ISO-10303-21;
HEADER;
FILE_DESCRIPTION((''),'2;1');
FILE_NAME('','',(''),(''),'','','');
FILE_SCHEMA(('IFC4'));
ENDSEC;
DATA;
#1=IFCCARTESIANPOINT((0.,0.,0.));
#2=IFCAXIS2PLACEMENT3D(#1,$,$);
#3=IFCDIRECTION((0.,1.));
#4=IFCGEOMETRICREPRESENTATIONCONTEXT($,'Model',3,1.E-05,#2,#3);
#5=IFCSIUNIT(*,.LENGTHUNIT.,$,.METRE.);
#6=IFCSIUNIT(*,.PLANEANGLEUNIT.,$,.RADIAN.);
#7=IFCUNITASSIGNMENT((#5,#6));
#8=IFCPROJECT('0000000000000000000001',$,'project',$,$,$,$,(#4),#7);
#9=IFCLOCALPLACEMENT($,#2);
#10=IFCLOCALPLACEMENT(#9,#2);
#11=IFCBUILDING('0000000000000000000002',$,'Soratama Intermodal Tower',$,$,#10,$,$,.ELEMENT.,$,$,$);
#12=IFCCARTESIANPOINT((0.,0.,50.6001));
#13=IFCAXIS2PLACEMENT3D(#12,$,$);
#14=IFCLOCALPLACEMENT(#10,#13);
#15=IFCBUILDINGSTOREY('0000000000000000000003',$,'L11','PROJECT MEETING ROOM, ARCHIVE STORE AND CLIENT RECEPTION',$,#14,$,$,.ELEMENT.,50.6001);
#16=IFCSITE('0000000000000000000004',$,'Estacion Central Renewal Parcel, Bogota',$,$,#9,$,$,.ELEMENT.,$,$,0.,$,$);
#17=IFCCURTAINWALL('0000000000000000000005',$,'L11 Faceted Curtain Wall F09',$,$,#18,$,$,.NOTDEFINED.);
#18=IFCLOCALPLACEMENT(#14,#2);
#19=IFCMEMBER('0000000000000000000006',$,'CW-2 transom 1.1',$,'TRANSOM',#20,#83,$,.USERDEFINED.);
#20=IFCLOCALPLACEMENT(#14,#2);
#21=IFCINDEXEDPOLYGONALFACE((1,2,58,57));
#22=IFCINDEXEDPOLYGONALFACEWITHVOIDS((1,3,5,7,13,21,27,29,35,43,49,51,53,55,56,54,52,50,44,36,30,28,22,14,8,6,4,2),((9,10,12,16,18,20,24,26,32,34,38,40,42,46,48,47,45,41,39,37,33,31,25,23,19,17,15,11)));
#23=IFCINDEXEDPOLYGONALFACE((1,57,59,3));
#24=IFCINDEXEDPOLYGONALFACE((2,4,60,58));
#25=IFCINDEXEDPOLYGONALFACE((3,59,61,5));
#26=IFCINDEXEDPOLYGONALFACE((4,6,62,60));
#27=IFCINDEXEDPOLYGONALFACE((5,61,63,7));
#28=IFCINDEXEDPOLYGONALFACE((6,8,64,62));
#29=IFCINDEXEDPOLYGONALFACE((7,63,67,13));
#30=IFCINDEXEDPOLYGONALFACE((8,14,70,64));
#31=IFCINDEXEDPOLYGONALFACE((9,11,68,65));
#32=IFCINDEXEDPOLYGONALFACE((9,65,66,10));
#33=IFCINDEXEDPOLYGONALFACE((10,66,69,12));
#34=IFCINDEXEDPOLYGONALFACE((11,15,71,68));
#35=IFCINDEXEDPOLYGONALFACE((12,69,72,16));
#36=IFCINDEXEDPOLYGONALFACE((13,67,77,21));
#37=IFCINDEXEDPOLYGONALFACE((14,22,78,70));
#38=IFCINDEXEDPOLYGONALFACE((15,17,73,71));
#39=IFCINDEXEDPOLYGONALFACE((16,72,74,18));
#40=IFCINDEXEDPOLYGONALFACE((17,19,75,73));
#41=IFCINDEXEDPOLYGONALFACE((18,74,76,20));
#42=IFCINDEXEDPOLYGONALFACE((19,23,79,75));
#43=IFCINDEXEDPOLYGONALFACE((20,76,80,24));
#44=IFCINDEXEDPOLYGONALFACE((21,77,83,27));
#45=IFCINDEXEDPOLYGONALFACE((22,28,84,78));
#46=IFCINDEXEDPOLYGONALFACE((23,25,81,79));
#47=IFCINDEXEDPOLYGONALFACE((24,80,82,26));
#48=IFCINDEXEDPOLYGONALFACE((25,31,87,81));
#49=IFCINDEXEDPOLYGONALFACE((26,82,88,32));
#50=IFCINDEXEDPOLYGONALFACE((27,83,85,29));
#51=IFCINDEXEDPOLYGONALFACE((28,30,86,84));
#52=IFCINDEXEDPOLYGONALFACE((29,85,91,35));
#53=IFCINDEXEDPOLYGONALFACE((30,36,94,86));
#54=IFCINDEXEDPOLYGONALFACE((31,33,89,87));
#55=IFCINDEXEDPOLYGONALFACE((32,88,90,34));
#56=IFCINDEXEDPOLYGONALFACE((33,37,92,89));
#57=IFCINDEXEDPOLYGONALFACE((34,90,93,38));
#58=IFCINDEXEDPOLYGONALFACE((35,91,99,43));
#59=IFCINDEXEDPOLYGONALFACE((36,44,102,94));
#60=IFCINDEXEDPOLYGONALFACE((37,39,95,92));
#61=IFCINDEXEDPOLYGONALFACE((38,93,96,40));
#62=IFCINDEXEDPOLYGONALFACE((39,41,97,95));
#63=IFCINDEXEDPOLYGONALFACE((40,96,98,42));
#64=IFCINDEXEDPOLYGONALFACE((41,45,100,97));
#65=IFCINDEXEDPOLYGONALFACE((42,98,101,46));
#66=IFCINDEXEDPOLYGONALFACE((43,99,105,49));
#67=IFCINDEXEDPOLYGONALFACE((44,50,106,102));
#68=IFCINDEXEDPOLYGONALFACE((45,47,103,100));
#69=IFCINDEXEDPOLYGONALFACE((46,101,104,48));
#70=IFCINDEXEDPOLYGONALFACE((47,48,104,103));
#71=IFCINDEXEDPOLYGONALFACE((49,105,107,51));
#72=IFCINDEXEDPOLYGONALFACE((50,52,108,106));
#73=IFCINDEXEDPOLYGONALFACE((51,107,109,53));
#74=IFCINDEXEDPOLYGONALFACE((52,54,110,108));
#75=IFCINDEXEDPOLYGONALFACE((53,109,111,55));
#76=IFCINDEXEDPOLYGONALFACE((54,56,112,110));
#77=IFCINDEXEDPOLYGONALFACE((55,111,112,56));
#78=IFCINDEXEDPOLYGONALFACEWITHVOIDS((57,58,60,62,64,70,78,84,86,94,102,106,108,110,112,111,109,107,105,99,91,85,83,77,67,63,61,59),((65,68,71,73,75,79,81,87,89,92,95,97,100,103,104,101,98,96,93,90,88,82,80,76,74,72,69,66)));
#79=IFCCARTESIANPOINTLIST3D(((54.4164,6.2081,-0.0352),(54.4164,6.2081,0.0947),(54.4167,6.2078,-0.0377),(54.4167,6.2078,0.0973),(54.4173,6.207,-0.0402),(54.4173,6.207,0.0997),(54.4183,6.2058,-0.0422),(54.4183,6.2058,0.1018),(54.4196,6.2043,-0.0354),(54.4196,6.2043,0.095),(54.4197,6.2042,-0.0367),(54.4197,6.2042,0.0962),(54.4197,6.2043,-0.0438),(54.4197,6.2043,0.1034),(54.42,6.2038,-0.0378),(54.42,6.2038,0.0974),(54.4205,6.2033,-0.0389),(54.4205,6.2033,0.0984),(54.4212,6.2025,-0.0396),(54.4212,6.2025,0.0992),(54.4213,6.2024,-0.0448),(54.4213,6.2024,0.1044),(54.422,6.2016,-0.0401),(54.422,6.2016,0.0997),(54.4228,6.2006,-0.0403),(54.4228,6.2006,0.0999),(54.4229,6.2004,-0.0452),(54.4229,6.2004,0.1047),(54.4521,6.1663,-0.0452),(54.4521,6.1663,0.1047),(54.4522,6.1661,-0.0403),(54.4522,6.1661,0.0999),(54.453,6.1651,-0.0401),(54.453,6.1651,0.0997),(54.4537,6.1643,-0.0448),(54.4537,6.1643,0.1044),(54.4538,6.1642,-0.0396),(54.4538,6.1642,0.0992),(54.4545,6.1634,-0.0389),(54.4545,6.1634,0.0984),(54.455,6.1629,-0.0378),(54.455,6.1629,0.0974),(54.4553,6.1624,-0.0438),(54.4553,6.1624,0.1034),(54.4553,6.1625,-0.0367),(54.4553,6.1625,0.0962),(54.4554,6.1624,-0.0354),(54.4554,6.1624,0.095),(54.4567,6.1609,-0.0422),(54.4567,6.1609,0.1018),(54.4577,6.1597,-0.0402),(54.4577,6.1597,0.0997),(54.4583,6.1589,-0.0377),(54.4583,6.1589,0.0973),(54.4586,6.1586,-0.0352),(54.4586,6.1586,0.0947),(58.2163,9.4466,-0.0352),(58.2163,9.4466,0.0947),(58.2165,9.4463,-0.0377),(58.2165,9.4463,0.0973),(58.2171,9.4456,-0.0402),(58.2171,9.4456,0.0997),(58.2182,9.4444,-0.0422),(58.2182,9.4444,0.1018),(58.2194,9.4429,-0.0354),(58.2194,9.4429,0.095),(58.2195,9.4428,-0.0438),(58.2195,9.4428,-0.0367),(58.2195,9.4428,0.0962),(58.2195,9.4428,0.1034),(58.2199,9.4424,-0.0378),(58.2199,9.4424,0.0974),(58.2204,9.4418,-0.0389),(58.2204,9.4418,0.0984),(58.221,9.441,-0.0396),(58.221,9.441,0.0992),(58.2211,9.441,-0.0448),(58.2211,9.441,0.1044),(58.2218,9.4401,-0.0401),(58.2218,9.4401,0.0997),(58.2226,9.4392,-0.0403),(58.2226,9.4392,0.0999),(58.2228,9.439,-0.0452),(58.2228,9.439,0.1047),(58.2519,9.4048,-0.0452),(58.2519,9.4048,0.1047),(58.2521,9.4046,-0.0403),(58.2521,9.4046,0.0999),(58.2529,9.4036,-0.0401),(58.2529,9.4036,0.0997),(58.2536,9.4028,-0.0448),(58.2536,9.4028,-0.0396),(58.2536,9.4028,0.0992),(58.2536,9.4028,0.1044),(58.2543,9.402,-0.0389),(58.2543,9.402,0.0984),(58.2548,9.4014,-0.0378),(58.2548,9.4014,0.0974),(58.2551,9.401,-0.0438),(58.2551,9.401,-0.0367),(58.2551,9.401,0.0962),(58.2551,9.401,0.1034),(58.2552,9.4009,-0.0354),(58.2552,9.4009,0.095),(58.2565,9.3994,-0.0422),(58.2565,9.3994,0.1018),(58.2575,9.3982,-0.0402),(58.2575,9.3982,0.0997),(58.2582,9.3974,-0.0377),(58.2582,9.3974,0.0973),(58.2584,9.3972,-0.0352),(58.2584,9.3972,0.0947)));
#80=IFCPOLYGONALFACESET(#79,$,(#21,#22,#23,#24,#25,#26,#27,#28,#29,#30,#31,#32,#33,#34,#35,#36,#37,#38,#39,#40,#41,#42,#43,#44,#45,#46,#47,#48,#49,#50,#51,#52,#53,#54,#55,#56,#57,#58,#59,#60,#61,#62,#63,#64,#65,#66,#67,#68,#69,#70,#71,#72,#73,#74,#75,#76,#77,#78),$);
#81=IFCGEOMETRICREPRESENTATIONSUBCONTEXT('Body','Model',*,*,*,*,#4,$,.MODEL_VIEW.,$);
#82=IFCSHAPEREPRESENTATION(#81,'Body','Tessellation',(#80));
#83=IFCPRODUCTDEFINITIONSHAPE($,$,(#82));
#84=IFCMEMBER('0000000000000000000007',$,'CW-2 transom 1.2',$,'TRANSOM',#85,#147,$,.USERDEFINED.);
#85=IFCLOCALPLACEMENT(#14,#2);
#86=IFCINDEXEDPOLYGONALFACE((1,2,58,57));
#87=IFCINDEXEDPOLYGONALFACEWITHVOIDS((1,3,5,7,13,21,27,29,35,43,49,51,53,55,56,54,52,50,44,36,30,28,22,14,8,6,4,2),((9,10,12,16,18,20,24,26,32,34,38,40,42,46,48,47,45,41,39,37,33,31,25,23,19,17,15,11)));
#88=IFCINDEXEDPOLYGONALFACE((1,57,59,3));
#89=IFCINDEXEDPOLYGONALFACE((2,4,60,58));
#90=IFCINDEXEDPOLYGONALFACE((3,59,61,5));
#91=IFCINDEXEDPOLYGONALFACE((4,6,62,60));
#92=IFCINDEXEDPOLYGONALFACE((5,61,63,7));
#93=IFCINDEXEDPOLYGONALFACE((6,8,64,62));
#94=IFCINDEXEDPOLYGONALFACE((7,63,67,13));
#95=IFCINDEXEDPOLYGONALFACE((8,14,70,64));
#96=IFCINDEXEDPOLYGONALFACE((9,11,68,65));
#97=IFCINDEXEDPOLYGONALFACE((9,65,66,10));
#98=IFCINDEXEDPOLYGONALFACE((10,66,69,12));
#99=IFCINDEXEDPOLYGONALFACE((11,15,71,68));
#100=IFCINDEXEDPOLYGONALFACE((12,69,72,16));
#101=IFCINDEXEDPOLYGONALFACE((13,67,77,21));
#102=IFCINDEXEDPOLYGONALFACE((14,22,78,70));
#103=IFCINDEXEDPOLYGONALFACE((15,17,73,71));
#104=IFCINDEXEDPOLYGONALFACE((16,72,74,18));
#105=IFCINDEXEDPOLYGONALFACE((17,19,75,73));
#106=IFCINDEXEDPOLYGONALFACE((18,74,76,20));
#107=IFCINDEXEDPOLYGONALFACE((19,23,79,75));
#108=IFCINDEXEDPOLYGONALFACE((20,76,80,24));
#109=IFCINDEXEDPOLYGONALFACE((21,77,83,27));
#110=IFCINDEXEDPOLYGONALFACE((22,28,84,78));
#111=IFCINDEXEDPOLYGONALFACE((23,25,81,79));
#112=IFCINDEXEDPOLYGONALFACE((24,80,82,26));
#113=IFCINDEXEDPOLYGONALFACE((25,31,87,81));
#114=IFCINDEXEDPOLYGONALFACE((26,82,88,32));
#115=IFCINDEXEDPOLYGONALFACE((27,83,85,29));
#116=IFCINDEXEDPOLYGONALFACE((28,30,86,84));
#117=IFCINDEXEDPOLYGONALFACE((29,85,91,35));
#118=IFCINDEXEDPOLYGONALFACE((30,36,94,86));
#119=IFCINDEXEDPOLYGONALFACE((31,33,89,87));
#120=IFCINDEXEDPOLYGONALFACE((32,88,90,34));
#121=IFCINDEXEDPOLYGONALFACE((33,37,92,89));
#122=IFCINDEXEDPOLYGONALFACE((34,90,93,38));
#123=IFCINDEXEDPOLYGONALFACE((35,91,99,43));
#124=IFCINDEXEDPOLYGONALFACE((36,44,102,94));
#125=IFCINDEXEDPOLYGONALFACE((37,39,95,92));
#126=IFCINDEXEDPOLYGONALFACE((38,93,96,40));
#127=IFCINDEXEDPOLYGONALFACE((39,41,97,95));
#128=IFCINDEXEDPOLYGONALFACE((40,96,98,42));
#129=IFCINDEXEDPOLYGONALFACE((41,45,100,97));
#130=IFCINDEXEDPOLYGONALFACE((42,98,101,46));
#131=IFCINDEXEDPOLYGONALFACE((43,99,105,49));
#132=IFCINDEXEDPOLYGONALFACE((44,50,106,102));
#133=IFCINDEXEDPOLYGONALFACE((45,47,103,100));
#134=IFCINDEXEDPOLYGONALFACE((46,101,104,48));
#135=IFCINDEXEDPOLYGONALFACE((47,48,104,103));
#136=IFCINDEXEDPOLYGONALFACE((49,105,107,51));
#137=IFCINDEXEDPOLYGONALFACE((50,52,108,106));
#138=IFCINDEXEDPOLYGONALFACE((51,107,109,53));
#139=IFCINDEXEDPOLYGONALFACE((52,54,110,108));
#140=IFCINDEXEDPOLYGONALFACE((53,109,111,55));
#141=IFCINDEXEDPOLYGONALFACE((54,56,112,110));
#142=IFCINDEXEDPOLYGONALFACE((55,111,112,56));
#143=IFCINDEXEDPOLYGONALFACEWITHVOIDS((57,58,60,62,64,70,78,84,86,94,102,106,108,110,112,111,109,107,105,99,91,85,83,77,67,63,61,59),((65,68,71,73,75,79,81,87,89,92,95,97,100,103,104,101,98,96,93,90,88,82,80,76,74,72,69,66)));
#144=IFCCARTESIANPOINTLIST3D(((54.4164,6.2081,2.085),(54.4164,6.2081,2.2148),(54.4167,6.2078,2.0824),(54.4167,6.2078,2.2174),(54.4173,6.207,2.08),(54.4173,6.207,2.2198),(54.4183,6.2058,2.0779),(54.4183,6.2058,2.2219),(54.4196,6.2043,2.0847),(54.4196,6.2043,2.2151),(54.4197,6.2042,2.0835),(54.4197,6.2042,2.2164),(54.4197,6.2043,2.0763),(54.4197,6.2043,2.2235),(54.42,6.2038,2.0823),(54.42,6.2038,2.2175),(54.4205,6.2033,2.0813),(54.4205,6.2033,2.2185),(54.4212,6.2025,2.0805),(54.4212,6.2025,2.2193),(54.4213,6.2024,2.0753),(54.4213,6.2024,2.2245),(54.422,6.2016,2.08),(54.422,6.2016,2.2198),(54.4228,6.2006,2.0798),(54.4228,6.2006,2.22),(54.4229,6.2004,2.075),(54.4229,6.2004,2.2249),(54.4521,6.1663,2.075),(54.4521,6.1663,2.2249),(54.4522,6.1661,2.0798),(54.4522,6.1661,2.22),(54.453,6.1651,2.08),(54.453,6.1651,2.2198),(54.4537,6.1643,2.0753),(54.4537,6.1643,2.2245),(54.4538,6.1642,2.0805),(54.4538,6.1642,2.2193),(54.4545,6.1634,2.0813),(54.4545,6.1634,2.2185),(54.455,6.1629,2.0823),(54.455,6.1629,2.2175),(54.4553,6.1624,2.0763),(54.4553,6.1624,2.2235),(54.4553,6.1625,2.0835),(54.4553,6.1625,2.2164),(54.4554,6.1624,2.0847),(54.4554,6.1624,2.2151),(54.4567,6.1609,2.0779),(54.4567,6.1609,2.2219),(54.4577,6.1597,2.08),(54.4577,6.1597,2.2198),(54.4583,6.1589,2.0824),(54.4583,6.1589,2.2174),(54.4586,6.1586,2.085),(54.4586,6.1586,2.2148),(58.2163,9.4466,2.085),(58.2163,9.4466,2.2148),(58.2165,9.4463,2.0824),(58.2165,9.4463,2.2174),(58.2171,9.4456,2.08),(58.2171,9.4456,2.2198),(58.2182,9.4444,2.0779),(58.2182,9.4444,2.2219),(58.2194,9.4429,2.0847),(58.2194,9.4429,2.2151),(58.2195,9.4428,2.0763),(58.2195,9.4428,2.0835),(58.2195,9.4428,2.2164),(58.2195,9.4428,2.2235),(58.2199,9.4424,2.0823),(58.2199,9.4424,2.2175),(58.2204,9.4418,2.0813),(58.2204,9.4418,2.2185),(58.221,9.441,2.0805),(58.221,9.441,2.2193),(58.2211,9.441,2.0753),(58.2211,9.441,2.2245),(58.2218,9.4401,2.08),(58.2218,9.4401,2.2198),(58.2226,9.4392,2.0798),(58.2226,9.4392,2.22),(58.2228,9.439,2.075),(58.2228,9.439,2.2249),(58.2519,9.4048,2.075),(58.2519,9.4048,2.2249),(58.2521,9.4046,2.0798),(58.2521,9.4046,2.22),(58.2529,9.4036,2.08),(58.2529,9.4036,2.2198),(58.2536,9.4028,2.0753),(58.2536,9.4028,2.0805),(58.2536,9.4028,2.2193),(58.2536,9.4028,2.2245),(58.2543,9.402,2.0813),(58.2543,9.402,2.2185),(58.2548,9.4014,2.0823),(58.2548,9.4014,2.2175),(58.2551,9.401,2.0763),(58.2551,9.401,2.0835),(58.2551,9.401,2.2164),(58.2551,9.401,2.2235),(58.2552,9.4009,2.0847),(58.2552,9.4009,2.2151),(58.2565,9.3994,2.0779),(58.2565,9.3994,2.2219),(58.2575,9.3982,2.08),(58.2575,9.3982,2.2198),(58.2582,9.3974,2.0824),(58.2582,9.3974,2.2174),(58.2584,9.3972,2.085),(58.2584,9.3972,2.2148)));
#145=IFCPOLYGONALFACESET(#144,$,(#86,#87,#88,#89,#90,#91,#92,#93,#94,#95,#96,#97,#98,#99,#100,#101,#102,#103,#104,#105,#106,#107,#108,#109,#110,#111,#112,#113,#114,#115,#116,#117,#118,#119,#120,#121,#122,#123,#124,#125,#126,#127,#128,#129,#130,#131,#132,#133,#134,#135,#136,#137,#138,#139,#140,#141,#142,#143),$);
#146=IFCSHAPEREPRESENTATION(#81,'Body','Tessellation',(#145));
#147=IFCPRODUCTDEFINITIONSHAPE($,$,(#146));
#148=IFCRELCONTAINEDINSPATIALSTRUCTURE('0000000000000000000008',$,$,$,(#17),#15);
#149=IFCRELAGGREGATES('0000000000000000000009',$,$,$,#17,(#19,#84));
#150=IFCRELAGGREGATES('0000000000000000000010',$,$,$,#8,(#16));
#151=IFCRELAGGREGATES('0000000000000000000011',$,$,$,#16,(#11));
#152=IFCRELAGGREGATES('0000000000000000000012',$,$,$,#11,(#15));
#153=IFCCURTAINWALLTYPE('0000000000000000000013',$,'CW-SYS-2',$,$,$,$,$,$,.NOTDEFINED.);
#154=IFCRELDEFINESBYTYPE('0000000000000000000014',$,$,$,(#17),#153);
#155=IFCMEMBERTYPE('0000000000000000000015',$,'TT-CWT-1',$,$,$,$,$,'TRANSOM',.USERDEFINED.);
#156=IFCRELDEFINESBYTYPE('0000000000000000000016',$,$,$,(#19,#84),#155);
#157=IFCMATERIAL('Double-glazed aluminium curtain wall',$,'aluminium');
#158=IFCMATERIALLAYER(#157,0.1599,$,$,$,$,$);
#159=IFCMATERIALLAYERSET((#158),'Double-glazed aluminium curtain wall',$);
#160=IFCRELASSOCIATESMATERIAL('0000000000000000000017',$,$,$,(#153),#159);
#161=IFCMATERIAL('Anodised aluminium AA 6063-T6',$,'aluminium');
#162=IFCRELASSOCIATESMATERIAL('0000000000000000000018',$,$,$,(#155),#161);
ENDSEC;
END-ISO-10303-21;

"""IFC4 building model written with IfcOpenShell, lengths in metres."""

from ifc_helpers import new_model, si_unit, direction, frame, origin, origin_2d, place, context, subcontext, project, spatial, hollow_rectangle, extrude, material, layer, layer_set, material_profile, profile_set, type_object, element, aggregate, save


model = new_model("IFC4")

# Units and contexts
model_context = context("Model", 3, precision=1e-05, world=origin(), true_north=direction((0.0, 1.0)))
body_context = subcontext(model_context, "Body", "Model", "MODEL_VIEW")
ifc_project = project(units=[si_unit("LENGTHUNIT", "METRE"), si_unit("PLANEANGLEUNIT", "RADIAN")], contexts=[model_context])

# Site, building, storey
site_placement = place(None, origin())
site = spatial("IfcSite", under=ifc_project, at=site_placement, Name="Estacion Central Renewal Parcel, Bogota", CompositionType="ELEMENT", RefElevation=0.0)
building_placement = place(site_placement, origin())
building = spatial("IfcBuilding", under=site, at=building_placement, Name="Soratama Intermodal Tower", CompositionType="ELEMENT")
storey_placement = place(building_placement, frame((0.0, 0.0, 50.6001)))
storey = spatial("IfcBuildingStorey", under=building, at=storey_placement, Name="L11", Description="PROJECT MEETING ROOM, ARCHIVE STORE AND CLIENT RECEPTION", CompositionType="ELEMENT", Elevation=50.6001)

# Shared definitions
ifc_material_1 = material(Name="Double-glazed aluminium curtain wall", Category="aluminium")
ifc_layer_1 = layer(ifc_material_1, 0.1599)
ifc_layer_set_1 = layer_set([ifc_layer_1], Name="Double-glazed aluminium curtain wall")
curtain_wall_type = type_object("IfcCurtainWallType", Name="CW-SYS-2", PredefinedType="NOTDEFINED", material=ifc_layer_set_1)

# Curtain wall, members
curtain_wall_1_placement = place(storey_placement, origin())
curtain_wall_1 = element("IfcCurtainWall", 1, at=curtain_wall_1_placement, inside=storey, type_object=curtain_wall_type, Name="L11 Faceted Curtain Wall F09", PredefinedType="NOTDEFINED")
ifc_material_2 = material(Name="Anodised aluminium AA 6063-T6", Category="aluminium")
ifc_material_profile_1 = material_profile(ifc_material_2, hollow_rectangle(XDim=0.0649, YDim=0.1499, WallThickness=0.0049, InnerFilletRadius=0.0049, OuterFilletRadius=0.01, at=origin_2d()), Name="CWT150X65X5")
ifc_profile_set_1 = profile_set([ifc_material_profile_1], Name="Anodised aluminium AA 6063-T6")
member_type_1 = type_object("IfcMemberType", Name="TT-CWT-1", ElementType="TRANSOM", PredefinedType="USERDEFINED", material=ifc_profile_set_1)
member_1_placement = place(storey_placement, frame((54.4375, 6.1833, 0.0298), z_axis=(0.76108, 0.648658, 0.0), x_axis=(-0.648658, 0.76108, 0.0)))
member_1 = element("IfcMember", 2, at=member_1_placement, type_object=member_type_1, Name="CW-2 transom 1.1", ObjectType="TRANSOM", PredefinedType="USERDEFINED", context=body_context, shape_type="SweptSolid", body=[
    extrude(hollow_rectangle(XDim=0.0649, YDim=0.1499, WallThickness=0.0049, InnerFilletRadius=0.0049, OuterFilletRadius=0.01, at=origin_2d()), origin(), (0.0, 0.0, 1.0), 4.9927),
])
member_2_placement = place(storey_placement, frame((54.4375, 6.1833, 2.1499), z_axis=(0.76108, 0.648658, 0.0), x_axis=(-0.648658, 0.76108, 0.0)))
member_2 = element("IfcMember", 3, at=member_2_placement, type_object=member_type_1, Name="CW-2 transom 1.2", ObjectType="TRANSOM", PredefinedType="USERDEFINED", context=body_context, shape_type="SweptSolid", body=[
    extrude(hollow_rectangle(XDim=0.0649, YDim=0.1499, WallThickness=0.0049, InnerFilletRadius=0.0049, OuterFilletRadius=0.01, at=origin_2d()), origin(), (0.0, 0.0, 1.0), 4.9927),
])
aggregate(curtain_wall_1, [member_1, member_2])

save(model, "model.ifc")
